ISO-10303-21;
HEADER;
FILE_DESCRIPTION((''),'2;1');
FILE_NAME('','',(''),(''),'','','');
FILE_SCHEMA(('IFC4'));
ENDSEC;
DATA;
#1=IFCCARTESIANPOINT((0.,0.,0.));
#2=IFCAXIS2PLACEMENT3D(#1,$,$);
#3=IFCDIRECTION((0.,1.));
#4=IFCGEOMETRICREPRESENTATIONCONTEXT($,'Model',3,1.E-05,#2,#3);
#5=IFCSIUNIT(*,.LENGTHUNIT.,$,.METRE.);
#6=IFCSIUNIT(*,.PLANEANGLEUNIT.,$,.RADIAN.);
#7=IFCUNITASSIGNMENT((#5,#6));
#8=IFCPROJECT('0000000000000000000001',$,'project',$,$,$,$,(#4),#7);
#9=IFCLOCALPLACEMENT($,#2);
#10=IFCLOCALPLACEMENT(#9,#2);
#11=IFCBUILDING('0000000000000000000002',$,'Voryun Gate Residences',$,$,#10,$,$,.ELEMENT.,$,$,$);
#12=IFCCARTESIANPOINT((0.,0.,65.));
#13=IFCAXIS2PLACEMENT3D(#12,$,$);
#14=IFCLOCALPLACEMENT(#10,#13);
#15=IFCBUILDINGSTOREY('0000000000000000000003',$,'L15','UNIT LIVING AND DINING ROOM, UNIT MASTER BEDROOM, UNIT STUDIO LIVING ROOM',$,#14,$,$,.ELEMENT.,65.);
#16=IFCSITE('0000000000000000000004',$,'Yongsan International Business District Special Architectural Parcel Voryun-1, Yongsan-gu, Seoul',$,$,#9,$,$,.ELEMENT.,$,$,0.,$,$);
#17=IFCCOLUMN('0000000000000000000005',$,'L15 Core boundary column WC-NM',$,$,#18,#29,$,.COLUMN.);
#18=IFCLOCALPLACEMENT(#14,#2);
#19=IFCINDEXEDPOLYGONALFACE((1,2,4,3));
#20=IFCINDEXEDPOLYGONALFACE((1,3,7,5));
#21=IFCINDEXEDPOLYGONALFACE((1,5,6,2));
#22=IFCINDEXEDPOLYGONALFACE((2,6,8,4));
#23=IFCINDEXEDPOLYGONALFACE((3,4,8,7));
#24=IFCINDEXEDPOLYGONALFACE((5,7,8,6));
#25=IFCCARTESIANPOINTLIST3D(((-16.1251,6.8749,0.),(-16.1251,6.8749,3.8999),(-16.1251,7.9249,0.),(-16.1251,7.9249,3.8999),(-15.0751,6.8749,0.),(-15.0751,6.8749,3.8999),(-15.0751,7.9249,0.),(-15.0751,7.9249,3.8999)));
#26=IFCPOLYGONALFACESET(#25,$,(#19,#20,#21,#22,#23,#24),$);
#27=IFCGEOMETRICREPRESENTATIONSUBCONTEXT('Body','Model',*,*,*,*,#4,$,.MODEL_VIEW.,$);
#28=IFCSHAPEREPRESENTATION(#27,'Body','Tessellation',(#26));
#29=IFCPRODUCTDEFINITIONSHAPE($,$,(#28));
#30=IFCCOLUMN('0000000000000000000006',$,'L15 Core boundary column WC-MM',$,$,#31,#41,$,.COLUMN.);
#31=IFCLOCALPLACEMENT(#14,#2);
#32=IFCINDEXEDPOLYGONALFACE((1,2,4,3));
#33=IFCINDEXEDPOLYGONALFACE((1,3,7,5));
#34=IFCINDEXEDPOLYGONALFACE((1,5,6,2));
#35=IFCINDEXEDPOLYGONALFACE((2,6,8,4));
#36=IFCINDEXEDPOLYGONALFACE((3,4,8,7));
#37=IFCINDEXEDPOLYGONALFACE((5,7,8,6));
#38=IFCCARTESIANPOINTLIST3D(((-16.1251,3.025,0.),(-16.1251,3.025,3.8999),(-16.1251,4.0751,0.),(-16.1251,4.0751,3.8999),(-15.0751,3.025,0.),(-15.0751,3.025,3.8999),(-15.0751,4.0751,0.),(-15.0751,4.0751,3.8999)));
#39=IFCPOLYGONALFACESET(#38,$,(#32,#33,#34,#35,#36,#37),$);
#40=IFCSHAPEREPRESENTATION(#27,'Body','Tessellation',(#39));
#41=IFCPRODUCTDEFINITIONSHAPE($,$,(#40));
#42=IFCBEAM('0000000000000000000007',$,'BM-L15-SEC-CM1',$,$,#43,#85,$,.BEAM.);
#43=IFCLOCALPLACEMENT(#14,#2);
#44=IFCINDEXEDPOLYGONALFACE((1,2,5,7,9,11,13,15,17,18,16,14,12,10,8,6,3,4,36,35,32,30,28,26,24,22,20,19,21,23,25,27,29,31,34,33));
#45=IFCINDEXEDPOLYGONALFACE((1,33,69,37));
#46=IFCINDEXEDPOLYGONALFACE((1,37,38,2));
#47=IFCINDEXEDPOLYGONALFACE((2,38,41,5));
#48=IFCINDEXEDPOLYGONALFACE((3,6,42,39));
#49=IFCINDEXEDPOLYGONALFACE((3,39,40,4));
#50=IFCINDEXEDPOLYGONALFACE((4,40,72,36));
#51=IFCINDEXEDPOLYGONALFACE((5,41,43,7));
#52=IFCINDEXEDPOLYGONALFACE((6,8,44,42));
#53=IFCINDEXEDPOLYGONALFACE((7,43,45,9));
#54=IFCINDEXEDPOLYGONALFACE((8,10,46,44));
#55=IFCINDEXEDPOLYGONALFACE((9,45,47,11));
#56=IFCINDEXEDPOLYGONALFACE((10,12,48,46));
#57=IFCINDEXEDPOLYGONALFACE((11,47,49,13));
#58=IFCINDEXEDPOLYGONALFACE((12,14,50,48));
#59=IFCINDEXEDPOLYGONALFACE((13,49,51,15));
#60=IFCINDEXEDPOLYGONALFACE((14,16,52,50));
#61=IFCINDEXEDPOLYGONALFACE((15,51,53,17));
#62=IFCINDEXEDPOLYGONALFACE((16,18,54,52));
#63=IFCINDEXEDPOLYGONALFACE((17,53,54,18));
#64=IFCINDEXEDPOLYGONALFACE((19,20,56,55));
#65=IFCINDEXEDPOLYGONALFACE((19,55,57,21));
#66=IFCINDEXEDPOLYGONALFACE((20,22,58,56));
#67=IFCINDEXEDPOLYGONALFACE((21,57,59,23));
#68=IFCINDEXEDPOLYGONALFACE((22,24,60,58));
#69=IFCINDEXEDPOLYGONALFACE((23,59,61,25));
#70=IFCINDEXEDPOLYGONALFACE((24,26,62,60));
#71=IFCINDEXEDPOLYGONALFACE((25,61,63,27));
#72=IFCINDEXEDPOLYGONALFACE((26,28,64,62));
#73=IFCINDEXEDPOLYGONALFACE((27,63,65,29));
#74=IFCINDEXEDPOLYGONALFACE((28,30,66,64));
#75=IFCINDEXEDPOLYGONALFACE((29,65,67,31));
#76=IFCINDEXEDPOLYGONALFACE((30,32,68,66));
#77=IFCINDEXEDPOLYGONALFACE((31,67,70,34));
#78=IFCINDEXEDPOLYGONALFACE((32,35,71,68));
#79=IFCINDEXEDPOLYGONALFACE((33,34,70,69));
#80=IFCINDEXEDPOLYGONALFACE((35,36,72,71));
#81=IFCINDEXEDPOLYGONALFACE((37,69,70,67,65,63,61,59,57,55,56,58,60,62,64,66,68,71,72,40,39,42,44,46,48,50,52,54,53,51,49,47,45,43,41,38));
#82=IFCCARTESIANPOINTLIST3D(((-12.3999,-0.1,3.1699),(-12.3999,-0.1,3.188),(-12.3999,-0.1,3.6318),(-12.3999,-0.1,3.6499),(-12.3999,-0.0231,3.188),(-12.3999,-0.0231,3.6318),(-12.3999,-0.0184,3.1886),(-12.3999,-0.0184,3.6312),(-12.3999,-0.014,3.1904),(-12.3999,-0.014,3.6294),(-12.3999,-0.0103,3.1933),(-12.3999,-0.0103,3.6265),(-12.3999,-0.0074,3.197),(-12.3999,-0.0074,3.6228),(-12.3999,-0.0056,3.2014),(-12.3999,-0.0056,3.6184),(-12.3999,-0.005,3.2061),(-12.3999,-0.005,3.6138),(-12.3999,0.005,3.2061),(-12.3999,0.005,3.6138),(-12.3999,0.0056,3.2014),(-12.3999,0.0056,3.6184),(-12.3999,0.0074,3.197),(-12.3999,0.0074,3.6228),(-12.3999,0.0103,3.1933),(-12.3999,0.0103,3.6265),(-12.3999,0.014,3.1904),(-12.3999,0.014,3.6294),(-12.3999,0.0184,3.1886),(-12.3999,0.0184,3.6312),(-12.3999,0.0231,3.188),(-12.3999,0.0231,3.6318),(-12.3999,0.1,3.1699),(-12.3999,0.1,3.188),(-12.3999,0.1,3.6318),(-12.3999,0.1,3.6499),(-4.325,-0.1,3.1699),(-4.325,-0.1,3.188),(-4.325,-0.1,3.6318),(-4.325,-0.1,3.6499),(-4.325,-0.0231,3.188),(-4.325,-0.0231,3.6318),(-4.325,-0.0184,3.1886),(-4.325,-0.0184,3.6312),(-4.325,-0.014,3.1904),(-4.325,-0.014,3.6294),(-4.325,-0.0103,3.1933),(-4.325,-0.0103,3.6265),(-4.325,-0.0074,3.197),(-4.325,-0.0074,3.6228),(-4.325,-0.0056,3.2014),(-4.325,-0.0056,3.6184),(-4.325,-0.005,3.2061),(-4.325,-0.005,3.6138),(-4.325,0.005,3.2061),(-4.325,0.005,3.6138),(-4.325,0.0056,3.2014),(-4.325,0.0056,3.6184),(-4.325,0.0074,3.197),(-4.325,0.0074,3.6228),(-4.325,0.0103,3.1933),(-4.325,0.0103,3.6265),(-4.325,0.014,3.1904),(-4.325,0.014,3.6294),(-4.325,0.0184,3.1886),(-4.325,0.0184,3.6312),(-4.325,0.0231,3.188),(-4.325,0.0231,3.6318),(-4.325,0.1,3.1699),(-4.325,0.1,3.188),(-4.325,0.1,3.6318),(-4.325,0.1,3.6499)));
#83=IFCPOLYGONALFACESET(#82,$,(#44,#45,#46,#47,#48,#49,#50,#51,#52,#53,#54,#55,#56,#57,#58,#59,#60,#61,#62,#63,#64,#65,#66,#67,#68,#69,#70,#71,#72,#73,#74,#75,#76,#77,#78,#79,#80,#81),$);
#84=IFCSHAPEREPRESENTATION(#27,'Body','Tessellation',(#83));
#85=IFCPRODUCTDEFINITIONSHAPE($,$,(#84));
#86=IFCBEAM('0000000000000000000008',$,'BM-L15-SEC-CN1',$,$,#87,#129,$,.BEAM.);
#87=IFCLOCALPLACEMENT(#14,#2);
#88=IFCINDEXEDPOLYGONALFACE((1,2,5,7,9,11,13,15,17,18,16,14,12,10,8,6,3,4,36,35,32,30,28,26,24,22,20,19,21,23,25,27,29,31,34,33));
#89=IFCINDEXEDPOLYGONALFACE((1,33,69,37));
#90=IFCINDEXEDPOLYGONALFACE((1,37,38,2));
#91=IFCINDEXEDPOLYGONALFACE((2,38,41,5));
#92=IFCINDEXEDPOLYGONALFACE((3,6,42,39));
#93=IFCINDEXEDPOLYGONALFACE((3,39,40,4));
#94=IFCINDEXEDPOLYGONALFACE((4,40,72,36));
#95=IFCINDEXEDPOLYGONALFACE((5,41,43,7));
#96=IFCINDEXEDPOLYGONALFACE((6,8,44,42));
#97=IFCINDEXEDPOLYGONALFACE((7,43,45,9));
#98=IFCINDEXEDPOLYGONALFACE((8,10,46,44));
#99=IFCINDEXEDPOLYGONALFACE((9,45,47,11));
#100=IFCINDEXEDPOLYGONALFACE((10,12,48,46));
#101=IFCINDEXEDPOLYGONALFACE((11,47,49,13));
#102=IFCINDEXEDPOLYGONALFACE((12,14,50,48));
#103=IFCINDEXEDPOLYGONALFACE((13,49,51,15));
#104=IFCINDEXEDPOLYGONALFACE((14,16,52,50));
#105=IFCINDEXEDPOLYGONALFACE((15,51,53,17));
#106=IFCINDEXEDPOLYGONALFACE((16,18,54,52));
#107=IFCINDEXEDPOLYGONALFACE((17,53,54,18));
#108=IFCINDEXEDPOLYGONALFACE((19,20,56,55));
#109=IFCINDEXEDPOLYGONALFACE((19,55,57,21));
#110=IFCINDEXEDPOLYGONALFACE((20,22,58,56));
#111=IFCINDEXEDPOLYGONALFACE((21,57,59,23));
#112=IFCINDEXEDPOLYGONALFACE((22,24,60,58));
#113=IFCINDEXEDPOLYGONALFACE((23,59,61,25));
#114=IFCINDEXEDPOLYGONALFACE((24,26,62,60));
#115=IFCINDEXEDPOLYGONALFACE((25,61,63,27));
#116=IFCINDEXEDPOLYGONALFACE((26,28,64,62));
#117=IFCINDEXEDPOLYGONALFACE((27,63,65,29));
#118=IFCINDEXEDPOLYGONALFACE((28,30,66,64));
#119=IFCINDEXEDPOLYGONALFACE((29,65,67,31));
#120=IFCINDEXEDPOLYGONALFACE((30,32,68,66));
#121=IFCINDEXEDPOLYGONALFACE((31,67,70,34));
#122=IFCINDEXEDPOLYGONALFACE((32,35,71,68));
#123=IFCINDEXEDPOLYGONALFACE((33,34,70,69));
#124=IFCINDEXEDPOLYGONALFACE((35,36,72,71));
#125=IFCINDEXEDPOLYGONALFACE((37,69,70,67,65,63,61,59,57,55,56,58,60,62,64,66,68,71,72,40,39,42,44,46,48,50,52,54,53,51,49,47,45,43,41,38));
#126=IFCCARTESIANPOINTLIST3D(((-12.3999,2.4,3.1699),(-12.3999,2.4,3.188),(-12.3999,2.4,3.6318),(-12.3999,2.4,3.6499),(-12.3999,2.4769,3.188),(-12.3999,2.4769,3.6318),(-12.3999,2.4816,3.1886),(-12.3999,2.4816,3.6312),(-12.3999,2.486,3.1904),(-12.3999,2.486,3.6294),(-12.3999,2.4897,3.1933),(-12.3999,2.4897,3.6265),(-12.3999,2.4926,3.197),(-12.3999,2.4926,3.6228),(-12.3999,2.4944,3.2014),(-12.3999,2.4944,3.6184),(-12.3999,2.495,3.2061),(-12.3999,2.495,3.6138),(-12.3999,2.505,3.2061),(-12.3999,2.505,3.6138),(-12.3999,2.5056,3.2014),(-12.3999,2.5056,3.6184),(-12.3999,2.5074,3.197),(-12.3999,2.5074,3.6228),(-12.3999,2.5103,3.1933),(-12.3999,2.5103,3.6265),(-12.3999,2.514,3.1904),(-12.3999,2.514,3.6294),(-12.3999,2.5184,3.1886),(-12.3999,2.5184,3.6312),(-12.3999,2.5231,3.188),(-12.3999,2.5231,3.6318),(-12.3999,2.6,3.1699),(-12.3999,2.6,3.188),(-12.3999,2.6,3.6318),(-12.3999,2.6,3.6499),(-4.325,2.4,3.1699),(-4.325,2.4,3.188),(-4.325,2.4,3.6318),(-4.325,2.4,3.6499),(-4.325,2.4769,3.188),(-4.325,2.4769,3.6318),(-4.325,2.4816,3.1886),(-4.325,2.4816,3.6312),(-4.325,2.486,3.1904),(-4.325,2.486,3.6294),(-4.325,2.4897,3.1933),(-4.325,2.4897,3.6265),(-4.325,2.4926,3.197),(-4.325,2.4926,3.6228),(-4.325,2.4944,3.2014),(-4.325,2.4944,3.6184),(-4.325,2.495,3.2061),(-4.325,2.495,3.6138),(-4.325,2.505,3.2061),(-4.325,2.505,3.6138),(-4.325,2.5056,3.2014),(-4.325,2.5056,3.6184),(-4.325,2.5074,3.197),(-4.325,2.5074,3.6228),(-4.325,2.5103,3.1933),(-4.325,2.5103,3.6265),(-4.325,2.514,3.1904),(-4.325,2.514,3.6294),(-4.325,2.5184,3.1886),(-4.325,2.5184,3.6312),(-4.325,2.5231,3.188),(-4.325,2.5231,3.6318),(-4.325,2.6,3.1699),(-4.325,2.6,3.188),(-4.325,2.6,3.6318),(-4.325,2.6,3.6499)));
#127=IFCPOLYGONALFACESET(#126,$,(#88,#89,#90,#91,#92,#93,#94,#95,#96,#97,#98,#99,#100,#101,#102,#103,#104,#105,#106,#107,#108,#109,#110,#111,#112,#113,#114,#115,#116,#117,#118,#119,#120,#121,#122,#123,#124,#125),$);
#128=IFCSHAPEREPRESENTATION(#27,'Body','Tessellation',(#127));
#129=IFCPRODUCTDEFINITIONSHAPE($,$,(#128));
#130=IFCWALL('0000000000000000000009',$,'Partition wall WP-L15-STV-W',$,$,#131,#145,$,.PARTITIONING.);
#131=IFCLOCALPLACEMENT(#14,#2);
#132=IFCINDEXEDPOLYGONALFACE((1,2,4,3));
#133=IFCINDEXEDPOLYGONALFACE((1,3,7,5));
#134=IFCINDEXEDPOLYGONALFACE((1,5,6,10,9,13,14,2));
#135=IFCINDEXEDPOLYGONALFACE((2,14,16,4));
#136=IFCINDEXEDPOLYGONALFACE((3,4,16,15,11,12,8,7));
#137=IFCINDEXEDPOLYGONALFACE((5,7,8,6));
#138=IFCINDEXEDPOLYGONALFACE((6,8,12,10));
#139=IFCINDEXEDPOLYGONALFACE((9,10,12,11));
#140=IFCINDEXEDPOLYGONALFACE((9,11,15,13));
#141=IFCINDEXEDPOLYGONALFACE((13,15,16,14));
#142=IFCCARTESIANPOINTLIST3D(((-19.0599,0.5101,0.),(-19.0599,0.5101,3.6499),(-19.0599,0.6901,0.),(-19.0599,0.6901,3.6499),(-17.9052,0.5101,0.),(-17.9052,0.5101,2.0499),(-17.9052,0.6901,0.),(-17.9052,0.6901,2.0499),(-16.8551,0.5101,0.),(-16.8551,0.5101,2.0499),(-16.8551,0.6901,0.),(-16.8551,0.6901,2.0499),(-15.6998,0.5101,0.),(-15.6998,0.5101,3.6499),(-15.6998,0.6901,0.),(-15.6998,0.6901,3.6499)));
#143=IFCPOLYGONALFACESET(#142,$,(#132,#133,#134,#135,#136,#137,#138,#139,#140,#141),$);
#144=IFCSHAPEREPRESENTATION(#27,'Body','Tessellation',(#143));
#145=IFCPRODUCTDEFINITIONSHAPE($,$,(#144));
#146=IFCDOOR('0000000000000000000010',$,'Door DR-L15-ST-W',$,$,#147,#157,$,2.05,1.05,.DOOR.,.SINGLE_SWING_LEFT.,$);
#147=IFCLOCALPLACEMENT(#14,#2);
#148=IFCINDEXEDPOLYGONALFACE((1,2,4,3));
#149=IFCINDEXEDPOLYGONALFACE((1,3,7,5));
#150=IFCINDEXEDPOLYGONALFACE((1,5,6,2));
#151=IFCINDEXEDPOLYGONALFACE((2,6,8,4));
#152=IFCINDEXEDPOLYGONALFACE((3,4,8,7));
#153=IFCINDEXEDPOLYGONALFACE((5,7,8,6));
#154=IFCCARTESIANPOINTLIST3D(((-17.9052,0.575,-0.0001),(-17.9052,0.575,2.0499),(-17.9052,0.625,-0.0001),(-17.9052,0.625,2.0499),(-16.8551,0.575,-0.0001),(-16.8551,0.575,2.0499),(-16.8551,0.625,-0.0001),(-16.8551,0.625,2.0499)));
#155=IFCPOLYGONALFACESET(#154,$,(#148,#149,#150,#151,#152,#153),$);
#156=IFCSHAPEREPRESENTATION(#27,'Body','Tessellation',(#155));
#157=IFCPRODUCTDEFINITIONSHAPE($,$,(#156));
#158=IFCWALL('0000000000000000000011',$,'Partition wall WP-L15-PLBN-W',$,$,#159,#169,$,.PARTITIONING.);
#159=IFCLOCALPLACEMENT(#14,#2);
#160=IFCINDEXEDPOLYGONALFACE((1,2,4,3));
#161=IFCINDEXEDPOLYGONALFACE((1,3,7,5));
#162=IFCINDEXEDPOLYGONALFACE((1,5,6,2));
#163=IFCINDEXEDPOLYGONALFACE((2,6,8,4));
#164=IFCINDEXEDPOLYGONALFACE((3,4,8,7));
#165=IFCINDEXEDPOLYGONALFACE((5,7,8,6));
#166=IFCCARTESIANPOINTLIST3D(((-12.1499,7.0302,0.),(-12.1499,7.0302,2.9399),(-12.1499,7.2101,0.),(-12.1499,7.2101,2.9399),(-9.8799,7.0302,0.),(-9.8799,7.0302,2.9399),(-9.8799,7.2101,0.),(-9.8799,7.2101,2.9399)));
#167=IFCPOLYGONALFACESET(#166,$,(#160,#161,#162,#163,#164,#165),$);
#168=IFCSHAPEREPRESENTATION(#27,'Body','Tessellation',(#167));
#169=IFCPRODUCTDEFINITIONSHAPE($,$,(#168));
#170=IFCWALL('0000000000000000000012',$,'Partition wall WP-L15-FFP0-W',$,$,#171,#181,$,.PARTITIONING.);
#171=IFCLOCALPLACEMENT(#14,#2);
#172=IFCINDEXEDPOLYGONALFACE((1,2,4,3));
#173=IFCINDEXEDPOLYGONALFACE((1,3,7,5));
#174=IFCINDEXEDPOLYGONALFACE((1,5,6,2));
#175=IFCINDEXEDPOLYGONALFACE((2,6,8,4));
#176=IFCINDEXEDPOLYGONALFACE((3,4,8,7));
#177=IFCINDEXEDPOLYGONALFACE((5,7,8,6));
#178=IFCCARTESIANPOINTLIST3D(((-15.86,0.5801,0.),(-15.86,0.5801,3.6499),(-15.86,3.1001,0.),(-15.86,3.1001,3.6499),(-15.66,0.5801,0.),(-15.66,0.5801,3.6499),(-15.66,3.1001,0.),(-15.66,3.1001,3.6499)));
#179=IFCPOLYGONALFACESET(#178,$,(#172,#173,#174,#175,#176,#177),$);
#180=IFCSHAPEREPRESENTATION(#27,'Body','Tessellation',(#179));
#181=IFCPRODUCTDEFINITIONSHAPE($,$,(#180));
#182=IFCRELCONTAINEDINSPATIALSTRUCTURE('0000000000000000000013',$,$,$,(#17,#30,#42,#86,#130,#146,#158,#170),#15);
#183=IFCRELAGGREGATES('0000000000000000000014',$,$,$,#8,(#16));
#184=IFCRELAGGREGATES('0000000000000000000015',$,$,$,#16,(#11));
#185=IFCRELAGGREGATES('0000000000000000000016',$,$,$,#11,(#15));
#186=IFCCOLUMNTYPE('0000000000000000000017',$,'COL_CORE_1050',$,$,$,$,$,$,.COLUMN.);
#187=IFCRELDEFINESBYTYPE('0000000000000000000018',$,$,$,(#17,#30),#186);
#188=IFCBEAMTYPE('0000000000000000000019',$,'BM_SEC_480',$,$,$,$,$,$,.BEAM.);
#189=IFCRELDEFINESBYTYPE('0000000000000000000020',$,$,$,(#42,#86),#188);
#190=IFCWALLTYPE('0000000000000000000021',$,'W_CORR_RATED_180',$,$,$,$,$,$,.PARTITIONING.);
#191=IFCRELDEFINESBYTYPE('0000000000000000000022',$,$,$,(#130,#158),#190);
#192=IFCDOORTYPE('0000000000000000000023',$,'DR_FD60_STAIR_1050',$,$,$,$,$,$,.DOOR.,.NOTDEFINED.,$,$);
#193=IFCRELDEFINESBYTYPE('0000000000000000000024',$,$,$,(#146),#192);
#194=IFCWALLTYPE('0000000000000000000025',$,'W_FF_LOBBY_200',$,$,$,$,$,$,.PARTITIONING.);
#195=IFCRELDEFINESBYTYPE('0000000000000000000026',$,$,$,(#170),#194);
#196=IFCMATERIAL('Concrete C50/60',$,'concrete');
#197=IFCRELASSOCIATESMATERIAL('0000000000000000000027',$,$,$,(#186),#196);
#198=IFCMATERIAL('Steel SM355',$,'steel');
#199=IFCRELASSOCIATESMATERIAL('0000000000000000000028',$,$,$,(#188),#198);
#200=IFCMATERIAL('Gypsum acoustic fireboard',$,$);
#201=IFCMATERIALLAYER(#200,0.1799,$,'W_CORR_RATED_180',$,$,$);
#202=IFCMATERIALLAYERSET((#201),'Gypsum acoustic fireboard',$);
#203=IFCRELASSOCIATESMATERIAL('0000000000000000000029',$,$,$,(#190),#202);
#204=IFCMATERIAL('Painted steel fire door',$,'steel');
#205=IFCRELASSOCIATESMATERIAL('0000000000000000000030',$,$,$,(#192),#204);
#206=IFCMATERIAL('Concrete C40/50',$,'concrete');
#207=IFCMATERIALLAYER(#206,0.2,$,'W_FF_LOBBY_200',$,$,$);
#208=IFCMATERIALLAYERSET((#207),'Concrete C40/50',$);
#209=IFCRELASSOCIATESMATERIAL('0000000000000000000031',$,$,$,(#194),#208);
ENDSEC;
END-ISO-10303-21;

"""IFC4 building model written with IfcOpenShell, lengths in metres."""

from ifc_helpers import new_model, si_unit, direction, frame, frame_2d, origin, origin_2d, place, context, subcontext, project, spatial, rectangle, i_section, extrude, material, layer, layer_set, material_profile, profile_set, type_object, element, fill, save


model = new_model("IFC4")

# Units and contexts
model_context = context("Model", 3, precision=1e-05, world=origin(), true_north=direction((0.0, 1.0)))
body_context = subcontext(model_context, "Body", "Model", "MODEL_VIEW")
ifc_project = project(units=[si_unit("LENGTHUNIT", "METRE"), si_unit("PLANEANGLEUNIT", "RADIAN")], contexts=[model_context])

# Site, building, storey
site_placement = place(None, origin())
site = spatial("IfcSite", under=ifc_project, at=site_placement, Name="Yongsan International Business District Special Architectural Parcel Voryun-1, Yongsan-gu, Seoul", CompositionType="ELEMENT", RefElevation=0.0)
building_placement = place(site_placement, origin())
building = spatial("IfcBuilding", under=site, at=building_placement, Name="Voryun Gate Residences", CompositionType="ELEMENT")
storey_placement = place(building_placement, frame((0.0, 0.0, 65.0)))
storey = spatial("IfcBuildingStorey", under=building, at=storey_placement, Name="L15", Description="UNIT LIVING AND DINING ROOM, UNIT MASTER BEDROOM, UNIT STUDIO LIVING ROOM", CompositionType="ELEMENT", Elevation=65.0)

# Columns
ifc_material_1 = material(Name="Concrete C50/60", Category="concrete")
ifc_material_profile_1 = material_profile(ifc_material_1, rectangle(XDim=1.05, YDim=1.05, at=origin_2d()), Name="RC-1050x1050")
ifc_profile_set_1 = profile_set([ifc_material_profile_1], Name="Concrete C50/60")
column_type = type_object("IfcColumnType", Name="COL_CORE_1050", PredefinedType="COLUMN", material=ifc_profile_set_1)
for number, where, z_axis, x_axis, name in (
    (1, (-15.6001, 7.3999, 0.0), (0.0, 0.0, 1.0), (1.0, 0.0, 0.0), "L15 Core boundary column WC-NM"),
    (2, (-15.6001, 3.55, 0.0), (0.0, 0.0, 1.0), (1.0, 0.0, 0.0), "L15 Core boundary column WC-MM"),
):
    element("IfcColumn", number, at=place(storey_placement, frame(where, z_axis=z_axis, x_axis=x_axis)), inside=storey, type_object=column_type, Name=name, PredefinedType="COLUMN", context=body_context, shape_type="SweptSolid", body=[
        extrude(rectangle(XDim=1.05, YDim=1.05, at=origin_2d()), origin(), (0.0, 0.0, 1.0), 3.8999),
    ])

# Beams
ifc_material_2 = material(Name="Steel SM355", Category="steel")
ifc_material_profile_2 = material_profile(ifc_material_2, i_section(OverallWidth=0.2, OverallDepth=0.48, WebThickness=0.01, FlangeThickness=0.0181, FilletRadius=0.0181, at=origin_2d()), Name="H-480x200x10x18")
ifc_profile_set_2 = profile_set([ifc_material_profile_2], Name="Steel SM355")
beam_type = type_object("IfcBeamType", Name="BM_SEC_480", PredefinedType="BEAM", material=ifc_profile_set_2)
for number, where, z_axis, x_axis, name in (
    (3, (-12.3999, 0.0, 3.4099), (1.0, 0.0, 0.0), (0.0, 1.0, 0.0), "BM-L15-SEC-CM1"),
    (4, (-12.3999, 2.5, 3.4099), (1.0, 0.0, 0.0), (0.0, 1.0, 0.0), "BM-L15-SEC-CN1"),
):
    element("IfcBeam", number, at=place(storey_placement, frame(where, z_axis=z_axis, x_axis=x_axis)), inside=storey, type_object=beam_type, Name=name, PredefinedType="BEAM", context=body_context, shape_type="SweptSolid", body=[
        extrude(i_section(OverallWidth=0.2, OverallDepth=0.48, WebThickness=0.01, FlangeThickness=0.0181, FilletRadius=0.0181, at=origin_2d()), origin(), (0.0, 0.0, 1.0), 8.075),
    ])

# Wall, opening, door
ifc_material_3 = material(Name="Gypsum acoustic fireboard")
ifc_layer_1 = layer(ifc_material_3, 0.1799, Name="W_CORR_RATED_180")
ifc_layer_set_1 = layer_set([ifc_layer_1], Name="Gypsum acoustic fireboard")
wall_type_1 = type_object("IfcWallType", Name="W_CORR_RATED_180", PredefinedType="PARTITIONING", material=ifc_layer_set_1)
wall_1_placement = place(storey_placement, frame((-19.0601, 0.6001, 0.0), z_axis=(0.0, 0.0, 1.0), x_axis=(1.0, 0.0, 0.0)))
wall_1 = element("IfcWall", 5, at=wall_1_placement, inside=storey, type_object=wall_type_1, Name="Partition wall WP-L15-STV-W", PredefinedType="PARTITIONING", context=body_context, shape_type="SweptSolid", body=[
    extrude(rectangle(XDim=3.3601, YDim=0.1799, at=frame_2d((1.6802, 0.0))), origin(), (0.0, 0.0, 1.0), 3.6499),
])
opening_1_placement = place(wall_1_placement, frame((1.155, 0.0, 0.0)))
opening_1 = element("IfcOpeningElement", 6, at=opening_1_placement, cuts=wall_1, PredefinedType="OPENING", context=body_context, shape_type="SweptSolid", body=[
    extrude(rectangle(XDim=1.05, YDim=2.05, at=frame_2d((0.5249, 1.0249))), frame((0.0, 0.0999, 0.0), z_axis=(0.0, -1.0, 0.0), x_axis=(1.0, 0.0, 0.0)), (0.0, 0.0, 1.0), 0.2),
])
ifc_material_4 = material(Name="Painted steel fire door", Category="steel")
door_type_1 = type_object("IfcDoorType", Name="DR_FD60_STAIR_1050", OperationType="NOTDEFINED", PredefinedType="DOOR", material=ifc_material_4)
door_1_placement = place(opening_1_placement, origin())
door_1 = element("IfcDoor", 7, at=door_1_placement, inside=storey, type_object=door_type_1, Name="Door DR-L15-ST-W", OperationType="SINGLE_SWING_LEFT", OverallHeight=2.05, OverallWidth=1.05, PredefinedType="DOOR", context=body_context, shape_type="SweptSolid", body=[
    extrude(rectangle(XDim=1.05, YDim=2.05, at=frame_2d((0.5249, 1.0249))), frame((0.0, 0.0249, 0.0), z_axis=(0.0, -1.0, 0.0), x_axis=(1.0, 0.0, 0.0)), (0.0, 0.0, 1.0), 0.05),
])
fill(opening_1, door_1)

# Walls
wall_2_placement = place(storey_placement, frame((-12.1499, 7.1201, 0.0), z_axis=(0.0, 0.0, 1.0), x_axis=(1.0, 0.0, 0.0)))
element("IfcWall", 8, at=wall_2_placement, inside=storey, type_object=wall_type_1, Name="Partition wall WP-L15-PLBN-W", PredefinedType="PARTITIONING", context=body_context, shape_type="SweptSolid", body=[
    extrude(rectangle(XDim=2.27, YDim=0.1799, at=frame_2d((1.135, 0.0))), origin(), (0.0, 0.0, 1.0), 2.9399),
])
ifc_material_5 = material(Name="Concrete C40/50", Category="concrete")
ifc_layer_2 = layer(ifc_material_5, 0.2, Name="W_FF_LOBBY_200")
ifc_layer_set_2 = layer_set([ifc_layer_2], Name="Concrete C40/50")
wall_type_2 = type_object("IfcWallType", Name="W_FF_LOBBY_200", PredefinedType="PARTITIONING", material=ifc_layer_set_2)
wall_3_placement = place(storey_placement, frame((-15.76, 0.5801, 0.0), z_axis=(0.0, 0.0, 1.0), x_axis=(0.0, 1.0, 0.0)))
element("IfcWall", 9, at=wall_3_placement, inside=storey, type_object=wall_type_2, Name="Partition wall WP-L15-FFP0-W", PredefinedType="PARTITIONING", context=body_context, shape_type="SweptSolid", body=[
    extrude(rectangle(XDim=2.52, YDim=0.2, at=frame_2d((1.26, 0.0))), origin(), (0.0, 0.0, 1.0), 3.6499),
])

save(model, "model.ifc")
